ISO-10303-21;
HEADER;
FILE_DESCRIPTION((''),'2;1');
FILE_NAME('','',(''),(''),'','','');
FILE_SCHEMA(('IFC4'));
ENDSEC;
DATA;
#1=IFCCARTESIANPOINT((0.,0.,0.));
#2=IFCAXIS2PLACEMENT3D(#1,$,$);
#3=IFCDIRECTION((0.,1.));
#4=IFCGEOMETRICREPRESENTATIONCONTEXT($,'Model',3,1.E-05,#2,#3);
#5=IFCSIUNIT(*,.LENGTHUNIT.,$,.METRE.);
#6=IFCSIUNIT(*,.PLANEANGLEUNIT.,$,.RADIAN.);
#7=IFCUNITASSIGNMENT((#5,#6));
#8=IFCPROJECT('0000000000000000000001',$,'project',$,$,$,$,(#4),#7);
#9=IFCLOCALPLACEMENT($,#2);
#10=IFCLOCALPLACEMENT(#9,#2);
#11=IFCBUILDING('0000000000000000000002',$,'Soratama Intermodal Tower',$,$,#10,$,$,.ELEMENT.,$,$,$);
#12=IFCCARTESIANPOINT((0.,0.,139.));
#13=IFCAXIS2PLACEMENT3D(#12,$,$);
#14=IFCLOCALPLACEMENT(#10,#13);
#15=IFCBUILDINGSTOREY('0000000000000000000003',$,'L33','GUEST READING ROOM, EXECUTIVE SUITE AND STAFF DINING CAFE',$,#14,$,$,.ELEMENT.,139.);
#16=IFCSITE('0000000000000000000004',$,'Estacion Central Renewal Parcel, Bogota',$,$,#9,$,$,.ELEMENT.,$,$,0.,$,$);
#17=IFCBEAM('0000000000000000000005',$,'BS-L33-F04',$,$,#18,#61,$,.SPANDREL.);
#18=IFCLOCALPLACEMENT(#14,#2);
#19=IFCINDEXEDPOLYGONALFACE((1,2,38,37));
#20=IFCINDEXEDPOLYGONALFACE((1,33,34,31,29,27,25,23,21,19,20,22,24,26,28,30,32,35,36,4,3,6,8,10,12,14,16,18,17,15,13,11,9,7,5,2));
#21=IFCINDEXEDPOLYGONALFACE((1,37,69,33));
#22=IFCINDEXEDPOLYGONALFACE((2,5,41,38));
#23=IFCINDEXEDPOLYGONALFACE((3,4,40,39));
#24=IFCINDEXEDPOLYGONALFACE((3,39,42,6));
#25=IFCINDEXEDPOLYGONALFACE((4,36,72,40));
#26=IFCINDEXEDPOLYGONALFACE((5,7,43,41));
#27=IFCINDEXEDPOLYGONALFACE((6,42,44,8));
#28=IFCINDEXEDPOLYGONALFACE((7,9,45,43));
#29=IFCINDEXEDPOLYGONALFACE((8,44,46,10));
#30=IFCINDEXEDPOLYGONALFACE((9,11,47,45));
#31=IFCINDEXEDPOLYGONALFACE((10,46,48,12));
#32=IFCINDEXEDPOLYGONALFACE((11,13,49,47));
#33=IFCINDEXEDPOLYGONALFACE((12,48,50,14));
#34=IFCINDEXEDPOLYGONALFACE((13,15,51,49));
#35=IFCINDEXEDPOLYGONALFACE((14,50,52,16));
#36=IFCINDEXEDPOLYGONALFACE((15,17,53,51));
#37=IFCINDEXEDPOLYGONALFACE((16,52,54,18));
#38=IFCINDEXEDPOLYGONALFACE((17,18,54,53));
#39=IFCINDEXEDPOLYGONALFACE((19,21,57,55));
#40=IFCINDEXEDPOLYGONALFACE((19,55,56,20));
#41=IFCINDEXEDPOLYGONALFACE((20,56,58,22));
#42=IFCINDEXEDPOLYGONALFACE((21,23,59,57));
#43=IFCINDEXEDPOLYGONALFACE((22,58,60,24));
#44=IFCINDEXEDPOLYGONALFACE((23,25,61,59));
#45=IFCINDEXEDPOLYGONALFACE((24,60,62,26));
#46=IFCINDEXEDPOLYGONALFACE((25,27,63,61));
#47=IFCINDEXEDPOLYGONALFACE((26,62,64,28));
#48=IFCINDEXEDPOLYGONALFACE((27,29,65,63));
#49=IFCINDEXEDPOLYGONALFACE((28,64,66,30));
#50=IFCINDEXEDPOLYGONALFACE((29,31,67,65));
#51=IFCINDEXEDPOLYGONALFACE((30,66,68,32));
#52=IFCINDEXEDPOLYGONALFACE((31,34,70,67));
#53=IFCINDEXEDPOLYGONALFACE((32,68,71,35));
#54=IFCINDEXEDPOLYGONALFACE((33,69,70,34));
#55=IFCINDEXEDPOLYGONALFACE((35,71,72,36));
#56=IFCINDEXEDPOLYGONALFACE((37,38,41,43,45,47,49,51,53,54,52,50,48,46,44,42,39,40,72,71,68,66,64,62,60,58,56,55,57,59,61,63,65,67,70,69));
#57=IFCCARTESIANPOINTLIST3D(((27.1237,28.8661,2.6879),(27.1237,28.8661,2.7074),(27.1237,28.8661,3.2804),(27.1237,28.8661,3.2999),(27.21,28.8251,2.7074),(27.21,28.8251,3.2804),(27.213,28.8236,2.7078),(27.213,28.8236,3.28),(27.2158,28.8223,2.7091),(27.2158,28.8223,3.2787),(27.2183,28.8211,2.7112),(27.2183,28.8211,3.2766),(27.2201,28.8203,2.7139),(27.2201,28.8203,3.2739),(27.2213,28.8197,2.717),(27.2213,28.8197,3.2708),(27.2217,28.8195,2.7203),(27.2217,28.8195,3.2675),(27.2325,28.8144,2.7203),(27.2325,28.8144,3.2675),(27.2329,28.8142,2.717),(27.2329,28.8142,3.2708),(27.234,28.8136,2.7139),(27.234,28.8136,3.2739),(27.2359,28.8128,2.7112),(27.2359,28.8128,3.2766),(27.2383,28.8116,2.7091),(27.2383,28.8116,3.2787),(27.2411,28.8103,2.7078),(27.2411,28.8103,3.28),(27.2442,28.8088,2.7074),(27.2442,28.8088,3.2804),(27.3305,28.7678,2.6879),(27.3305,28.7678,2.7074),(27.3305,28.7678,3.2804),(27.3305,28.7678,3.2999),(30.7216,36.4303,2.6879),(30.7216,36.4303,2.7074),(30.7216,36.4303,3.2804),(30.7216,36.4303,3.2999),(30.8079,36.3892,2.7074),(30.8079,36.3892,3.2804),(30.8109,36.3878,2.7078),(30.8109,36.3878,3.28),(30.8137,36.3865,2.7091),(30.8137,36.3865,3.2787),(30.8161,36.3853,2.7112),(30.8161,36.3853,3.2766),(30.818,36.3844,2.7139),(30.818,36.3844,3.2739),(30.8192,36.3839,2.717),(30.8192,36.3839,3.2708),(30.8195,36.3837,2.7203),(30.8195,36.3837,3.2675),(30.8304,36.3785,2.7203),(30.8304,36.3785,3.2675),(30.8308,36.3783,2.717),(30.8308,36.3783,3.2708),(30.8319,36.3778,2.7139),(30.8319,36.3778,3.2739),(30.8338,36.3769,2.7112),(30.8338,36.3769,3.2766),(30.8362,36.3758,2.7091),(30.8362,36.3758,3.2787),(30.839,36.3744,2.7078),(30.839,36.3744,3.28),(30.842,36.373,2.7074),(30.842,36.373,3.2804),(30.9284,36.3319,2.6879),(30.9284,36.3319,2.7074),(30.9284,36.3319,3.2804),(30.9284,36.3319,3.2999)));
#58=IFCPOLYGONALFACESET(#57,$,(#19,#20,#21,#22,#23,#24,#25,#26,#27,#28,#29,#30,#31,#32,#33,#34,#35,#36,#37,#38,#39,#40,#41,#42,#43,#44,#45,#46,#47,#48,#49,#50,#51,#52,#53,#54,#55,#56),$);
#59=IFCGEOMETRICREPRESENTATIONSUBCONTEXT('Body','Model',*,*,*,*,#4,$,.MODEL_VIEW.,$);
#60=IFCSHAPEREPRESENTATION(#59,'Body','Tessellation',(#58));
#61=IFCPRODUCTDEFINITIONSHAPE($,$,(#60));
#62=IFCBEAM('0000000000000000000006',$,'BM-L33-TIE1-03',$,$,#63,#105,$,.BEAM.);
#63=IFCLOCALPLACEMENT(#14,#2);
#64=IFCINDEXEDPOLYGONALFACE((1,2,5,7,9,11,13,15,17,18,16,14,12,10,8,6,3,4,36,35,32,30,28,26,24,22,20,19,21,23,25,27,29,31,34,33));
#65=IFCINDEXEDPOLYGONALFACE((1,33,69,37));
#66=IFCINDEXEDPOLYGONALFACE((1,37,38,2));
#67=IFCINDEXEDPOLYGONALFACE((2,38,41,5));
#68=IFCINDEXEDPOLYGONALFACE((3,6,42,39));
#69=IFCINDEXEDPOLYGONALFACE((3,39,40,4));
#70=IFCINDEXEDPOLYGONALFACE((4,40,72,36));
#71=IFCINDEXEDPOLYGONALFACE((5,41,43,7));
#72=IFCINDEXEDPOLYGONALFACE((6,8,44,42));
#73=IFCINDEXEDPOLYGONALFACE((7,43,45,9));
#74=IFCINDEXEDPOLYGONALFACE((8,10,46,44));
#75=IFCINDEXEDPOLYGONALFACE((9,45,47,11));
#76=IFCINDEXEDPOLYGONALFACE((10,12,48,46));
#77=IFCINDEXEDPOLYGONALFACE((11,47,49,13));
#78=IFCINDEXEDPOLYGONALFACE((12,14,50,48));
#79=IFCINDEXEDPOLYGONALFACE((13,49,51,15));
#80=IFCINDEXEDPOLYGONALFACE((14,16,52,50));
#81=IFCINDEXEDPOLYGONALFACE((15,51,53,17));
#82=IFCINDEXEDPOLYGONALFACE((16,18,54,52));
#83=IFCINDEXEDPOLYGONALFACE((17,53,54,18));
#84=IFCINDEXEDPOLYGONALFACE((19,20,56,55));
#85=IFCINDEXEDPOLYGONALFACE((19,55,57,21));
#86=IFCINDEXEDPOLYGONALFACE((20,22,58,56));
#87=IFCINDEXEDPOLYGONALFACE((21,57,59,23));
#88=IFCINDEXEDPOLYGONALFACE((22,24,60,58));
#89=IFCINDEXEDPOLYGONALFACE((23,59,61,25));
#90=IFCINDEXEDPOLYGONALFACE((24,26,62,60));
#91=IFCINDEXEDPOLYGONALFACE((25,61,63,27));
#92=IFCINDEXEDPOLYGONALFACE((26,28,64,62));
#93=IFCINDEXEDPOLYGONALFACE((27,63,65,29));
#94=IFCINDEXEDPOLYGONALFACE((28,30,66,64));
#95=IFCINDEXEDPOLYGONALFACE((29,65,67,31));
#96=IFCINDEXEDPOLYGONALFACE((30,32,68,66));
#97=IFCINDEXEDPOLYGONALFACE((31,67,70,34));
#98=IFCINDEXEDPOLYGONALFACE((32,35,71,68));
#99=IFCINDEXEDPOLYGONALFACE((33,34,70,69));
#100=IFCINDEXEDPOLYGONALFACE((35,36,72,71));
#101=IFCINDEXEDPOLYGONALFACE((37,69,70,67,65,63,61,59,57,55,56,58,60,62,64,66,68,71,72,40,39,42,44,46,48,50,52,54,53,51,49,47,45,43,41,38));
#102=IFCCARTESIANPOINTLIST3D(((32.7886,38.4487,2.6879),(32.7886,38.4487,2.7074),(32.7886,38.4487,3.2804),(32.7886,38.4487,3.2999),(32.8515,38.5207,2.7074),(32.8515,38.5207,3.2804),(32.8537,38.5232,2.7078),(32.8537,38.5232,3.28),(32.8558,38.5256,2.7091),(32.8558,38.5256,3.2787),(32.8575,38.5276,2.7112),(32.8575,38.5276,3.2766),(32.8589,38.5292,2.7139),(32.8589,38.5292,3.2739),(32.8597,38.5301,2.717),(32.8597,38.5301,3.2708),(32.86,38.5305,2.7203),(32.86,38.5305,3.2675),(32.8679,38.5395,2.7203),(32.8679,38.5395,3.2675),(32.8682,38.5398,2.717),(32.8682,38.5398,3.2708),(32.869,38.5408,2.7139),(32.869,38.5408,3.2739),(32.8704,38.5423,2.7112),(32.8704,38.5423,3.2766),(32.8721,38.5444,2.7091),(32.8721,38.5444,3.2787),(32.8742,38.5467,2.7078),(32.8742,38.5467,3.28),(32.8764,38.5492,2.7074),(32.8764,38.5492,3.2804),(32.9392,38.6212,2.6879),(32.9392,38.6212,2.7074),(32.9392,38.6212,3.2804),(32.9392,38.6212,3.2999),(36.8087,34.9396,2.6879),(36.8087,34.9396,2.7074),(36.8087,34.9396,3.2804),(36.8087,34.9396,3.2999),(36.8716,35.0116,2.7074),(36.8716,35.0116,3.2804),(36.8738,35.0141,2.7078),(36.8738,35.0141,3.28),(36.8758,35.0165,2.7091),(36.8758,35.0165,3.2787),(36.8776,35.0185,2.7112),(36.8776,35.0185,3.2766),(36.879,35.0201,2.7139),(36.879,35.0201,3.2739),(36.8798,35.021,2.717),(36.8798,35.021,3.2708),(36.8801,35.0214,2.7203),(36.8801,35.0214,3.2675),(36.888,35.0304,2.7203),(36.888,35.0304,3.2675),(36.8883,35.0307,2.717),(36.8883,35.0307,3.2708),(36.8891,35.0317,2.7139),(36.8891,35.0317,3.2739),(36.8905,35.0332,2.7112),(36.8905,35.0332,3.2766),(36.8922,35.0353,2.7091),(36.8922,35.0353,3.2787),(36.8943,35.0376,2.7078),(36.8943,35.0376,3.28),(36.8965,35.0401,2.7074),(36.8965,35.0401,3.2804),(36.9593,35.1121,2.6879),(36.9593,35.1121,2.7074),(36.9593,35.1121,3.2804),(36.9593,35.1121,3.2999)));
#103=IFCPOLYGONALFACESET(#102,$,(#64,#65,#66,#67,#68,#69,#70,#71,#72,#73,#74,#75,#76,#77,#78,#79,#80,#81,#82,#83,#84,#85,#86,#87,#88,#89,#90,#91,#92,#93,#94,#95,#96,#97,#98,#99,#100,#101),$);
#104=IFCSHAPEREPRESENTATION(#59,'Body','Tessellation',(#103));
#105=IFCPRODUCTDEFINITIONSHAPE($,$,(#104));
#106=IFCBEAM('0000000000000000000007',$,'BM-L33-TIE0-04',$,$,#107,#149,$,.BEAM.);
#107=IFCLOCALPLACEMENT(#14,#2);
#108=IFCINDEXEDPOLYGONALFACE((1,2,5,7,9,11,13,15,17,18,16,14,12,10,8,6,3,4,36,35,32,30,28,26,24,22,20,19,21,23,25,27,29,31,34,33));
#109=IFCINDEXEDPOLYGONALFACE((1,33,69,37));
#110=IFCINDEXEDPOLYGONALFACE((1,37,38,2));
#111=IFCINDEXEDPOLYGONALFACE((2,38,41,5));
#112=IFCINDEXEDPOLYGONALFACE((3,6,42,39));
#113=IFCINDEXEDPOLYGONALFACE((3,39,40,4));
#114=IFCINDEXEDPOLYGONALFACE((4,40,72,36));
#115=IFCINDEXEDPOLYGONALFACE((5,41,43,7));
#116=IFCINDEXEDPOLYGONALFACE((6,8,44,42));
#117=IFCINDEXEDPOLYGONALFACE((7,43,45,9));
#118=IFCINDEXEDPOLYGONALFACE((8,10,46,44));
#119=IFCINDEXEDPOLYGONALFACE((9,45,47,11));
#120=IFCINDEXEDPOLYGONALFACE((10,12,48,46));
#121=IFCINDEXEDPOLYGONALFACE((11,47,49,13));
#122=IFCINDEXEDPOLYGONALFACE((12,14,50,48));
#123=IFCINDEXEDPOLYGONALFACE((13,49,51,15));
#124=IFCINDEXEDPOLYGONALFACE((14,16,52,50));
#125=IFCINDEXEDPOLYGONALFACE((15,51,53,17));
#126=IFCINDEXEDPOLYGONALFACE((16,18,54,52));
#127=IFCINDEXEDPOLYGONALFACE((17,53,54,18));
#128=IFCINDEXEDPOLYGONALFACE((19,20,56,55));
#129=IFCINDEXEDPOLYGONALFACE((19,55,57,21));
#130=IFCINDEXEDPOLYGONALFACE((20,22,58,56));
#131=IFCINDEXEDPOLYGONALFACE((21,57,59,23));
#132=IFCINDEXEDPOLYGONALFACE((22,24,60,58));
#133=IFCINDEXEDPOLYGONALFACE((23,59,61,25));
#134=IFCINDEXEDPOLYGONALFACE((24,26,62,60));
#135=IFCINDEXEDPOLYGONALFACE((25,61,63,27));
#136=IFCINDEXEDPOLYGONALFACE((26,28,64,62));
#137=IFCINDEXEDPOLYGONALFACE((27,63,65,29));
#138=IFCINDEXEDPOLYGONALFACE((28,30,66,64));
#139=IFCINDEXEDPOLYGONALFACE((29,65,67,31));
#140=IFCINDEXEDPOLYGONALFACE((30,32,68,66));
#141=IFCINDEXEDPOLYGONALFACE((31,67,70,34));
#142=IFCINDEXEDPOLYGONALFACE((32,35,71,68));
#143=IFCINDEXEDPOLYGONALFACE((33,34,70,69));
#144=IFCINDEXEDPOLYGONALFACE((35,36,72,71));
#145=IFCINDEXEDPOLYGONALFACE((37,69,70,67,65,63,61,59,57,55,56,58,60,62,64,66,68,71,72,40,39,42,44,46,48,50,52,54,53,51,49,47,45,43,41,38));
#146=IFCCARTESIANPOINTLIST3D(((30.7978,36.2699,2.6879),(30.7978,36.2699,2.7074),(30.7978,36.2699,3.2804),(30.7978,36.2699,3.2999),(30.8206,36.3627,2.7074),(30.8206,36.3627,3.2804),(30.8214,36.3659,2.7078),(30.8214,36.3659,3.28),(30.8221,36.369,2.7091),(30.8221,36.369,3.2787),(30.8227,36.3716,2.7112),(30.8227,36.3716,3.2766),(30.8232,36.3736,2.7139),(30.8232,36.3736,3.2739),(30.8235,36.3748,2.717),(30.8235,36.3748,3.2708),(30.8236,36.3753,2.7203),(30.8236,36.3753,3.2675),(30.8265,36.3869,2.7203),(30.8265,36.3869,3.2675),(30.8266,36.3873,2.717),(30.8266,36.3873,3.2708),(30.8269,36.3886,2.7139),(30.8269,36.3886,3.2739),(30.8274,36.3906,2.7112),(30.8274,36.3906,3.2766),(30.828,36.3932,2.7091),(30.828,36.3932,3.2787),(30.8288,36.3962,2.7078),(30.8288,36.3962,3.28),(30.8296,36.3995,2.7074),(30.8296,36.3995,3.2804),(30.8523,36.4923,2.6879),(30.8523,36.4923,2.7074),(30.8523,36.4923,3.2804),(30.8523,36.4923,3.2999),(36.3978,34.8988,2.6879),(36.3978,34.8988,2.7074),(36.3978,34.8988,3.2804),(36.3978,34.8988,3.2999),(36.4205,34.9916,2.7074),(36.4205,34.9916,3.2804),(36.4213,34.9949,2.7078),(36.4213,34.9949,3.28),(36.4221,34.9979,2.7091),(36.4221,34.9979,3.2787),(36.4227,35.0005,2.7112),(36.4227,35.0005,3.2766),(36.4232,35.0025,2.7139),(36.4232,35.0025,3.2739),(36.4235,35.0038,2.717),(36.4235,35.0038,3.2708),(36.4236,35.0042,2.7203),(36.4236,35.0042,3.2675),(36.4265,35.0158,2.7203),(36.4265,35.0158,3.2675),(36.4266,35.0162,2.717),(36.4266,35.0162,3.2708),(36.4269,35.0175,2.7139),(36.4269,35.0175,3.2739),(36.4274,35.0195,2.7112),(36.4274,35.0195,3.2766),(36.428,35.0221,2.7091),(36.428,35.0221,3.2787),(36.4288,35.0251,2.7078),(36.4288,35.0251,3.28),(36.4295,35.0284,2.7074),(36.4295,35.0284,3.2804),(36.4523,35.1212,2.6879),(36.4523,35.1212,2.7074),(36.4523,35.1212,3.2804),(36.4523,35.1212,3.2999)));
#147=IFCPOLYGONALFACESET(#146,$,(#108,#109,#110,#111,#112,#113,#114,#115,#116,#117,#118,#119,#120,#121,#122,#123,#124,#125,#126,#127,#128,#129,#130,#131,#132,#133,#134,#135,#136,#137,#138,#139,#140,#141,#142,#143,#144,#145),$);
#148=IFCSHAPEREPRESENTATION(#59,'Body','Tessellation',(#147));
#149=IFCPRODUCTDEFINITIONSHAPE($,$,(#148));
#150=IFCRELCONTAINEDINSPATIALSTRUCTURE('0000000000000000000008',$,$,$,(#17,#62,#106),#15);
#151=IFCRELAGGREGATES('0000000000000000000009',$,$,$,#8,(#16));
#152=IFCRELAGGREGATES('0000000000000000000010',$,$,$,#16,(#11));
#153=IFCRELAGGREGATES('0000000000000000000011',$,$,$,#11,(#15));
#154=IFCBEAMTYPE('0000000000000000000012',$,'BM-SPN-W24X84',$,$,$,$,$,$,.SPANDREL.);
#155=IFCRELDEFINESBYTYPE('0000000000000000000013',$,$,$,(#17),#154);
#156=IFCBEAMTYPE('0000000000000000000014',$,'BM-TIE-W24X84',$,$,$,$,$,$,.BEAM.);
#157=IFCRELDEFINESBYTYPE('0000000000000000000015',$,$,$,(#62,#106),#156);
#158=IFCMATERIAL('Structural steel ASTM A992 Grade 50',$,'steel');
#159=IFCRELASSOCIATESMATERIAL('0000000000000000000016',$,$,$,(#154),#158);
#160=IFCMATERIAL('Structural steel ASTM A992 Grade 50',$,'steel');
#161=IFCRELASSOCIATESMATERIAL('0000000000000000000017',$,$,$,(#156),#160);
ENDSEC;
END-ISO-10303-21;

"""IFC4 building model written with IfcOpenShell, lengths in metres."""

from ifc_helpers import new_model, si_unit, direction, frame, origin, origin_2d, place, context, subcontext, project, spatial, i_section, extrude, material, material_profile, profile_set, type_object, element, save


model = new_model("IFC4")

# Units and contexts
model_context = context("Model", 3, precision=1e-05, world=origin(), true_north=direction((0.0, 1.0)))
body_context = subcontext(model_context, "Body", "Model", "MODEL_VIEW")
ifc_project = project(units=[si_unit("LENGTHUNIT", "METRE"), si_unit("PLANEANGLEUNIT", "RADIAN")], contexts=[model_context])

# Site, building, storey
site_placement = place(None, origin())
site = spatial("IfcSite", under=ifc_project, at=site_placement, Name="Estacion Central Renewal Parcel, Bogota", CompositionType="ELEMENT", RefElevation=0.0)
building_placement = place(site_placement, origin())
building = spatial("IfcBuilding", under=site, at=building_placement, Name="Soratama Intermodal Tower", CompositionType="ELEMENT")
storey_placement = place(building_placement, frame((0.0, 0.0, 139.0)))
storey = spatial("IfcBuildingStorey", under=building, at=storey_placement, Name="L33", Description="GUEST READING ROOM, EXECUTIVE SUITE AND STAFF DINING CAFE", CompositionType="ELEMENT", Elevation=139.0)

# Beams
ifc_material_1 = material(Name="Structural steel ASTM A992 Grade 50", Category="steel")
ifc_material_profile_1 = material_profile(ifc_material_1, i_section(OverallWidth=0.229, OverallDepth=0.6121, WebThickness=0.012, FlangeThickness=0.0195, FilletRadius=0.0129, at=origin_2d()), Name="W24X84")
ifc_profile_set_1 = profile_set([ifc_material_profile_1], Name="Structural steel ASTM A992 Grade 50")
beam_type_1 = type_object("IfcBeamType", Name="BM-SPN-W24X84", PredefinedType="SPANDREL", material=ifc_profile_set_1)
beam_1_placement = place(storey_placement, frame((30.825, 36.3811, 2.9939), z_axis=(-0.429534, -0.903051, 0.0), x_axis=(0.903051, -0.429534, 0.0)))
element("IfcBeam", 1, at=beam_1_placement, inside=storey, type_object=beam_type_1, Name="BS-L33-F04", PredefinedType="SPANDREL", context=body_context, shape_type="SweptSolid", body=[
    extrude(i_section(OverallWidth=0.229, OverallDepth=0.6121, WebThickness=0.012, FlangeThickness=0.0195, FilletRadius=0.0129, at=origin_2d()), origin(), (0.0, 0.0, 1.0), 8.3762),
])
ifc_material_2 = material(Name="Structural steel ASTM A992 Grade 50", Category="steel")
ifc_material_profile_2 = material_profile(ifc_material_2, i_section(OverallWidth=0.229, OverallDepth=0.6121, WebThickness=0.012, FlangeThickness=0.0195, FilletRadius=0.0129, at=origin_2d()), Name="W24X84")
ifc_profile_set_2 = profile_set([ifc_material_profile_2], Name="Structural steel ASTM A992 Grade 50")
beam_type_2 = type_object("IfcBeamType", Name="BM-TIE-W24X84", PredefinedType="BEAM", material=ifc_profile_set_2)
beam_2_placement = place(storey_placement, frame((36.884, 35.0259, 2.9939), z_axis=(-0.753364, 0.657604, 0.0), x_axis=(-0.657604, -0.753364, 0.0)))
element("IfcBeam", 2, at=beam_2_placement, inside=storey, type_object=beam_type_2, Name="BM-L33-TIE1-03", PredefinedType="BEAM", context=body_context, shape_type="SweptSolid", body=[
    extrude(i_section(OverallWidth=0.229, OverallDepth=0.6121, WebThickness=0.012, FlangeThickness=0.0195, FilletRadius=0.0129, at=origin_2d()), origin(), (0.0, 0.0, 1.0), 5.3362),
])
beam_3_placement = place(storey_placement, frame((36.425, 35.01, 2.9939), z_axis=(-0.971312, 0.23781, 0.0), x_axis=(-0.23781, -0.971312, 0.0)))
element("IfcBeam", 3, at=beam_3_placement, inside=storey, type_object=beam_type_2, Name="BM-L33-TIE0-04", PredefinedType="BEAM", context=body_context, shape_type="SweptSolid", body=[
    extrude(i_section(OverallWidth=0.229, OverallDepth=0.6121, WebThickness=0.012, FlangeThickness=0.0195, FilletRadius=0.0129, at=origin_2d()), origin(), (0.0, 0.0, 1.0), 5.7654),
])

save(model, "model.ifc")
